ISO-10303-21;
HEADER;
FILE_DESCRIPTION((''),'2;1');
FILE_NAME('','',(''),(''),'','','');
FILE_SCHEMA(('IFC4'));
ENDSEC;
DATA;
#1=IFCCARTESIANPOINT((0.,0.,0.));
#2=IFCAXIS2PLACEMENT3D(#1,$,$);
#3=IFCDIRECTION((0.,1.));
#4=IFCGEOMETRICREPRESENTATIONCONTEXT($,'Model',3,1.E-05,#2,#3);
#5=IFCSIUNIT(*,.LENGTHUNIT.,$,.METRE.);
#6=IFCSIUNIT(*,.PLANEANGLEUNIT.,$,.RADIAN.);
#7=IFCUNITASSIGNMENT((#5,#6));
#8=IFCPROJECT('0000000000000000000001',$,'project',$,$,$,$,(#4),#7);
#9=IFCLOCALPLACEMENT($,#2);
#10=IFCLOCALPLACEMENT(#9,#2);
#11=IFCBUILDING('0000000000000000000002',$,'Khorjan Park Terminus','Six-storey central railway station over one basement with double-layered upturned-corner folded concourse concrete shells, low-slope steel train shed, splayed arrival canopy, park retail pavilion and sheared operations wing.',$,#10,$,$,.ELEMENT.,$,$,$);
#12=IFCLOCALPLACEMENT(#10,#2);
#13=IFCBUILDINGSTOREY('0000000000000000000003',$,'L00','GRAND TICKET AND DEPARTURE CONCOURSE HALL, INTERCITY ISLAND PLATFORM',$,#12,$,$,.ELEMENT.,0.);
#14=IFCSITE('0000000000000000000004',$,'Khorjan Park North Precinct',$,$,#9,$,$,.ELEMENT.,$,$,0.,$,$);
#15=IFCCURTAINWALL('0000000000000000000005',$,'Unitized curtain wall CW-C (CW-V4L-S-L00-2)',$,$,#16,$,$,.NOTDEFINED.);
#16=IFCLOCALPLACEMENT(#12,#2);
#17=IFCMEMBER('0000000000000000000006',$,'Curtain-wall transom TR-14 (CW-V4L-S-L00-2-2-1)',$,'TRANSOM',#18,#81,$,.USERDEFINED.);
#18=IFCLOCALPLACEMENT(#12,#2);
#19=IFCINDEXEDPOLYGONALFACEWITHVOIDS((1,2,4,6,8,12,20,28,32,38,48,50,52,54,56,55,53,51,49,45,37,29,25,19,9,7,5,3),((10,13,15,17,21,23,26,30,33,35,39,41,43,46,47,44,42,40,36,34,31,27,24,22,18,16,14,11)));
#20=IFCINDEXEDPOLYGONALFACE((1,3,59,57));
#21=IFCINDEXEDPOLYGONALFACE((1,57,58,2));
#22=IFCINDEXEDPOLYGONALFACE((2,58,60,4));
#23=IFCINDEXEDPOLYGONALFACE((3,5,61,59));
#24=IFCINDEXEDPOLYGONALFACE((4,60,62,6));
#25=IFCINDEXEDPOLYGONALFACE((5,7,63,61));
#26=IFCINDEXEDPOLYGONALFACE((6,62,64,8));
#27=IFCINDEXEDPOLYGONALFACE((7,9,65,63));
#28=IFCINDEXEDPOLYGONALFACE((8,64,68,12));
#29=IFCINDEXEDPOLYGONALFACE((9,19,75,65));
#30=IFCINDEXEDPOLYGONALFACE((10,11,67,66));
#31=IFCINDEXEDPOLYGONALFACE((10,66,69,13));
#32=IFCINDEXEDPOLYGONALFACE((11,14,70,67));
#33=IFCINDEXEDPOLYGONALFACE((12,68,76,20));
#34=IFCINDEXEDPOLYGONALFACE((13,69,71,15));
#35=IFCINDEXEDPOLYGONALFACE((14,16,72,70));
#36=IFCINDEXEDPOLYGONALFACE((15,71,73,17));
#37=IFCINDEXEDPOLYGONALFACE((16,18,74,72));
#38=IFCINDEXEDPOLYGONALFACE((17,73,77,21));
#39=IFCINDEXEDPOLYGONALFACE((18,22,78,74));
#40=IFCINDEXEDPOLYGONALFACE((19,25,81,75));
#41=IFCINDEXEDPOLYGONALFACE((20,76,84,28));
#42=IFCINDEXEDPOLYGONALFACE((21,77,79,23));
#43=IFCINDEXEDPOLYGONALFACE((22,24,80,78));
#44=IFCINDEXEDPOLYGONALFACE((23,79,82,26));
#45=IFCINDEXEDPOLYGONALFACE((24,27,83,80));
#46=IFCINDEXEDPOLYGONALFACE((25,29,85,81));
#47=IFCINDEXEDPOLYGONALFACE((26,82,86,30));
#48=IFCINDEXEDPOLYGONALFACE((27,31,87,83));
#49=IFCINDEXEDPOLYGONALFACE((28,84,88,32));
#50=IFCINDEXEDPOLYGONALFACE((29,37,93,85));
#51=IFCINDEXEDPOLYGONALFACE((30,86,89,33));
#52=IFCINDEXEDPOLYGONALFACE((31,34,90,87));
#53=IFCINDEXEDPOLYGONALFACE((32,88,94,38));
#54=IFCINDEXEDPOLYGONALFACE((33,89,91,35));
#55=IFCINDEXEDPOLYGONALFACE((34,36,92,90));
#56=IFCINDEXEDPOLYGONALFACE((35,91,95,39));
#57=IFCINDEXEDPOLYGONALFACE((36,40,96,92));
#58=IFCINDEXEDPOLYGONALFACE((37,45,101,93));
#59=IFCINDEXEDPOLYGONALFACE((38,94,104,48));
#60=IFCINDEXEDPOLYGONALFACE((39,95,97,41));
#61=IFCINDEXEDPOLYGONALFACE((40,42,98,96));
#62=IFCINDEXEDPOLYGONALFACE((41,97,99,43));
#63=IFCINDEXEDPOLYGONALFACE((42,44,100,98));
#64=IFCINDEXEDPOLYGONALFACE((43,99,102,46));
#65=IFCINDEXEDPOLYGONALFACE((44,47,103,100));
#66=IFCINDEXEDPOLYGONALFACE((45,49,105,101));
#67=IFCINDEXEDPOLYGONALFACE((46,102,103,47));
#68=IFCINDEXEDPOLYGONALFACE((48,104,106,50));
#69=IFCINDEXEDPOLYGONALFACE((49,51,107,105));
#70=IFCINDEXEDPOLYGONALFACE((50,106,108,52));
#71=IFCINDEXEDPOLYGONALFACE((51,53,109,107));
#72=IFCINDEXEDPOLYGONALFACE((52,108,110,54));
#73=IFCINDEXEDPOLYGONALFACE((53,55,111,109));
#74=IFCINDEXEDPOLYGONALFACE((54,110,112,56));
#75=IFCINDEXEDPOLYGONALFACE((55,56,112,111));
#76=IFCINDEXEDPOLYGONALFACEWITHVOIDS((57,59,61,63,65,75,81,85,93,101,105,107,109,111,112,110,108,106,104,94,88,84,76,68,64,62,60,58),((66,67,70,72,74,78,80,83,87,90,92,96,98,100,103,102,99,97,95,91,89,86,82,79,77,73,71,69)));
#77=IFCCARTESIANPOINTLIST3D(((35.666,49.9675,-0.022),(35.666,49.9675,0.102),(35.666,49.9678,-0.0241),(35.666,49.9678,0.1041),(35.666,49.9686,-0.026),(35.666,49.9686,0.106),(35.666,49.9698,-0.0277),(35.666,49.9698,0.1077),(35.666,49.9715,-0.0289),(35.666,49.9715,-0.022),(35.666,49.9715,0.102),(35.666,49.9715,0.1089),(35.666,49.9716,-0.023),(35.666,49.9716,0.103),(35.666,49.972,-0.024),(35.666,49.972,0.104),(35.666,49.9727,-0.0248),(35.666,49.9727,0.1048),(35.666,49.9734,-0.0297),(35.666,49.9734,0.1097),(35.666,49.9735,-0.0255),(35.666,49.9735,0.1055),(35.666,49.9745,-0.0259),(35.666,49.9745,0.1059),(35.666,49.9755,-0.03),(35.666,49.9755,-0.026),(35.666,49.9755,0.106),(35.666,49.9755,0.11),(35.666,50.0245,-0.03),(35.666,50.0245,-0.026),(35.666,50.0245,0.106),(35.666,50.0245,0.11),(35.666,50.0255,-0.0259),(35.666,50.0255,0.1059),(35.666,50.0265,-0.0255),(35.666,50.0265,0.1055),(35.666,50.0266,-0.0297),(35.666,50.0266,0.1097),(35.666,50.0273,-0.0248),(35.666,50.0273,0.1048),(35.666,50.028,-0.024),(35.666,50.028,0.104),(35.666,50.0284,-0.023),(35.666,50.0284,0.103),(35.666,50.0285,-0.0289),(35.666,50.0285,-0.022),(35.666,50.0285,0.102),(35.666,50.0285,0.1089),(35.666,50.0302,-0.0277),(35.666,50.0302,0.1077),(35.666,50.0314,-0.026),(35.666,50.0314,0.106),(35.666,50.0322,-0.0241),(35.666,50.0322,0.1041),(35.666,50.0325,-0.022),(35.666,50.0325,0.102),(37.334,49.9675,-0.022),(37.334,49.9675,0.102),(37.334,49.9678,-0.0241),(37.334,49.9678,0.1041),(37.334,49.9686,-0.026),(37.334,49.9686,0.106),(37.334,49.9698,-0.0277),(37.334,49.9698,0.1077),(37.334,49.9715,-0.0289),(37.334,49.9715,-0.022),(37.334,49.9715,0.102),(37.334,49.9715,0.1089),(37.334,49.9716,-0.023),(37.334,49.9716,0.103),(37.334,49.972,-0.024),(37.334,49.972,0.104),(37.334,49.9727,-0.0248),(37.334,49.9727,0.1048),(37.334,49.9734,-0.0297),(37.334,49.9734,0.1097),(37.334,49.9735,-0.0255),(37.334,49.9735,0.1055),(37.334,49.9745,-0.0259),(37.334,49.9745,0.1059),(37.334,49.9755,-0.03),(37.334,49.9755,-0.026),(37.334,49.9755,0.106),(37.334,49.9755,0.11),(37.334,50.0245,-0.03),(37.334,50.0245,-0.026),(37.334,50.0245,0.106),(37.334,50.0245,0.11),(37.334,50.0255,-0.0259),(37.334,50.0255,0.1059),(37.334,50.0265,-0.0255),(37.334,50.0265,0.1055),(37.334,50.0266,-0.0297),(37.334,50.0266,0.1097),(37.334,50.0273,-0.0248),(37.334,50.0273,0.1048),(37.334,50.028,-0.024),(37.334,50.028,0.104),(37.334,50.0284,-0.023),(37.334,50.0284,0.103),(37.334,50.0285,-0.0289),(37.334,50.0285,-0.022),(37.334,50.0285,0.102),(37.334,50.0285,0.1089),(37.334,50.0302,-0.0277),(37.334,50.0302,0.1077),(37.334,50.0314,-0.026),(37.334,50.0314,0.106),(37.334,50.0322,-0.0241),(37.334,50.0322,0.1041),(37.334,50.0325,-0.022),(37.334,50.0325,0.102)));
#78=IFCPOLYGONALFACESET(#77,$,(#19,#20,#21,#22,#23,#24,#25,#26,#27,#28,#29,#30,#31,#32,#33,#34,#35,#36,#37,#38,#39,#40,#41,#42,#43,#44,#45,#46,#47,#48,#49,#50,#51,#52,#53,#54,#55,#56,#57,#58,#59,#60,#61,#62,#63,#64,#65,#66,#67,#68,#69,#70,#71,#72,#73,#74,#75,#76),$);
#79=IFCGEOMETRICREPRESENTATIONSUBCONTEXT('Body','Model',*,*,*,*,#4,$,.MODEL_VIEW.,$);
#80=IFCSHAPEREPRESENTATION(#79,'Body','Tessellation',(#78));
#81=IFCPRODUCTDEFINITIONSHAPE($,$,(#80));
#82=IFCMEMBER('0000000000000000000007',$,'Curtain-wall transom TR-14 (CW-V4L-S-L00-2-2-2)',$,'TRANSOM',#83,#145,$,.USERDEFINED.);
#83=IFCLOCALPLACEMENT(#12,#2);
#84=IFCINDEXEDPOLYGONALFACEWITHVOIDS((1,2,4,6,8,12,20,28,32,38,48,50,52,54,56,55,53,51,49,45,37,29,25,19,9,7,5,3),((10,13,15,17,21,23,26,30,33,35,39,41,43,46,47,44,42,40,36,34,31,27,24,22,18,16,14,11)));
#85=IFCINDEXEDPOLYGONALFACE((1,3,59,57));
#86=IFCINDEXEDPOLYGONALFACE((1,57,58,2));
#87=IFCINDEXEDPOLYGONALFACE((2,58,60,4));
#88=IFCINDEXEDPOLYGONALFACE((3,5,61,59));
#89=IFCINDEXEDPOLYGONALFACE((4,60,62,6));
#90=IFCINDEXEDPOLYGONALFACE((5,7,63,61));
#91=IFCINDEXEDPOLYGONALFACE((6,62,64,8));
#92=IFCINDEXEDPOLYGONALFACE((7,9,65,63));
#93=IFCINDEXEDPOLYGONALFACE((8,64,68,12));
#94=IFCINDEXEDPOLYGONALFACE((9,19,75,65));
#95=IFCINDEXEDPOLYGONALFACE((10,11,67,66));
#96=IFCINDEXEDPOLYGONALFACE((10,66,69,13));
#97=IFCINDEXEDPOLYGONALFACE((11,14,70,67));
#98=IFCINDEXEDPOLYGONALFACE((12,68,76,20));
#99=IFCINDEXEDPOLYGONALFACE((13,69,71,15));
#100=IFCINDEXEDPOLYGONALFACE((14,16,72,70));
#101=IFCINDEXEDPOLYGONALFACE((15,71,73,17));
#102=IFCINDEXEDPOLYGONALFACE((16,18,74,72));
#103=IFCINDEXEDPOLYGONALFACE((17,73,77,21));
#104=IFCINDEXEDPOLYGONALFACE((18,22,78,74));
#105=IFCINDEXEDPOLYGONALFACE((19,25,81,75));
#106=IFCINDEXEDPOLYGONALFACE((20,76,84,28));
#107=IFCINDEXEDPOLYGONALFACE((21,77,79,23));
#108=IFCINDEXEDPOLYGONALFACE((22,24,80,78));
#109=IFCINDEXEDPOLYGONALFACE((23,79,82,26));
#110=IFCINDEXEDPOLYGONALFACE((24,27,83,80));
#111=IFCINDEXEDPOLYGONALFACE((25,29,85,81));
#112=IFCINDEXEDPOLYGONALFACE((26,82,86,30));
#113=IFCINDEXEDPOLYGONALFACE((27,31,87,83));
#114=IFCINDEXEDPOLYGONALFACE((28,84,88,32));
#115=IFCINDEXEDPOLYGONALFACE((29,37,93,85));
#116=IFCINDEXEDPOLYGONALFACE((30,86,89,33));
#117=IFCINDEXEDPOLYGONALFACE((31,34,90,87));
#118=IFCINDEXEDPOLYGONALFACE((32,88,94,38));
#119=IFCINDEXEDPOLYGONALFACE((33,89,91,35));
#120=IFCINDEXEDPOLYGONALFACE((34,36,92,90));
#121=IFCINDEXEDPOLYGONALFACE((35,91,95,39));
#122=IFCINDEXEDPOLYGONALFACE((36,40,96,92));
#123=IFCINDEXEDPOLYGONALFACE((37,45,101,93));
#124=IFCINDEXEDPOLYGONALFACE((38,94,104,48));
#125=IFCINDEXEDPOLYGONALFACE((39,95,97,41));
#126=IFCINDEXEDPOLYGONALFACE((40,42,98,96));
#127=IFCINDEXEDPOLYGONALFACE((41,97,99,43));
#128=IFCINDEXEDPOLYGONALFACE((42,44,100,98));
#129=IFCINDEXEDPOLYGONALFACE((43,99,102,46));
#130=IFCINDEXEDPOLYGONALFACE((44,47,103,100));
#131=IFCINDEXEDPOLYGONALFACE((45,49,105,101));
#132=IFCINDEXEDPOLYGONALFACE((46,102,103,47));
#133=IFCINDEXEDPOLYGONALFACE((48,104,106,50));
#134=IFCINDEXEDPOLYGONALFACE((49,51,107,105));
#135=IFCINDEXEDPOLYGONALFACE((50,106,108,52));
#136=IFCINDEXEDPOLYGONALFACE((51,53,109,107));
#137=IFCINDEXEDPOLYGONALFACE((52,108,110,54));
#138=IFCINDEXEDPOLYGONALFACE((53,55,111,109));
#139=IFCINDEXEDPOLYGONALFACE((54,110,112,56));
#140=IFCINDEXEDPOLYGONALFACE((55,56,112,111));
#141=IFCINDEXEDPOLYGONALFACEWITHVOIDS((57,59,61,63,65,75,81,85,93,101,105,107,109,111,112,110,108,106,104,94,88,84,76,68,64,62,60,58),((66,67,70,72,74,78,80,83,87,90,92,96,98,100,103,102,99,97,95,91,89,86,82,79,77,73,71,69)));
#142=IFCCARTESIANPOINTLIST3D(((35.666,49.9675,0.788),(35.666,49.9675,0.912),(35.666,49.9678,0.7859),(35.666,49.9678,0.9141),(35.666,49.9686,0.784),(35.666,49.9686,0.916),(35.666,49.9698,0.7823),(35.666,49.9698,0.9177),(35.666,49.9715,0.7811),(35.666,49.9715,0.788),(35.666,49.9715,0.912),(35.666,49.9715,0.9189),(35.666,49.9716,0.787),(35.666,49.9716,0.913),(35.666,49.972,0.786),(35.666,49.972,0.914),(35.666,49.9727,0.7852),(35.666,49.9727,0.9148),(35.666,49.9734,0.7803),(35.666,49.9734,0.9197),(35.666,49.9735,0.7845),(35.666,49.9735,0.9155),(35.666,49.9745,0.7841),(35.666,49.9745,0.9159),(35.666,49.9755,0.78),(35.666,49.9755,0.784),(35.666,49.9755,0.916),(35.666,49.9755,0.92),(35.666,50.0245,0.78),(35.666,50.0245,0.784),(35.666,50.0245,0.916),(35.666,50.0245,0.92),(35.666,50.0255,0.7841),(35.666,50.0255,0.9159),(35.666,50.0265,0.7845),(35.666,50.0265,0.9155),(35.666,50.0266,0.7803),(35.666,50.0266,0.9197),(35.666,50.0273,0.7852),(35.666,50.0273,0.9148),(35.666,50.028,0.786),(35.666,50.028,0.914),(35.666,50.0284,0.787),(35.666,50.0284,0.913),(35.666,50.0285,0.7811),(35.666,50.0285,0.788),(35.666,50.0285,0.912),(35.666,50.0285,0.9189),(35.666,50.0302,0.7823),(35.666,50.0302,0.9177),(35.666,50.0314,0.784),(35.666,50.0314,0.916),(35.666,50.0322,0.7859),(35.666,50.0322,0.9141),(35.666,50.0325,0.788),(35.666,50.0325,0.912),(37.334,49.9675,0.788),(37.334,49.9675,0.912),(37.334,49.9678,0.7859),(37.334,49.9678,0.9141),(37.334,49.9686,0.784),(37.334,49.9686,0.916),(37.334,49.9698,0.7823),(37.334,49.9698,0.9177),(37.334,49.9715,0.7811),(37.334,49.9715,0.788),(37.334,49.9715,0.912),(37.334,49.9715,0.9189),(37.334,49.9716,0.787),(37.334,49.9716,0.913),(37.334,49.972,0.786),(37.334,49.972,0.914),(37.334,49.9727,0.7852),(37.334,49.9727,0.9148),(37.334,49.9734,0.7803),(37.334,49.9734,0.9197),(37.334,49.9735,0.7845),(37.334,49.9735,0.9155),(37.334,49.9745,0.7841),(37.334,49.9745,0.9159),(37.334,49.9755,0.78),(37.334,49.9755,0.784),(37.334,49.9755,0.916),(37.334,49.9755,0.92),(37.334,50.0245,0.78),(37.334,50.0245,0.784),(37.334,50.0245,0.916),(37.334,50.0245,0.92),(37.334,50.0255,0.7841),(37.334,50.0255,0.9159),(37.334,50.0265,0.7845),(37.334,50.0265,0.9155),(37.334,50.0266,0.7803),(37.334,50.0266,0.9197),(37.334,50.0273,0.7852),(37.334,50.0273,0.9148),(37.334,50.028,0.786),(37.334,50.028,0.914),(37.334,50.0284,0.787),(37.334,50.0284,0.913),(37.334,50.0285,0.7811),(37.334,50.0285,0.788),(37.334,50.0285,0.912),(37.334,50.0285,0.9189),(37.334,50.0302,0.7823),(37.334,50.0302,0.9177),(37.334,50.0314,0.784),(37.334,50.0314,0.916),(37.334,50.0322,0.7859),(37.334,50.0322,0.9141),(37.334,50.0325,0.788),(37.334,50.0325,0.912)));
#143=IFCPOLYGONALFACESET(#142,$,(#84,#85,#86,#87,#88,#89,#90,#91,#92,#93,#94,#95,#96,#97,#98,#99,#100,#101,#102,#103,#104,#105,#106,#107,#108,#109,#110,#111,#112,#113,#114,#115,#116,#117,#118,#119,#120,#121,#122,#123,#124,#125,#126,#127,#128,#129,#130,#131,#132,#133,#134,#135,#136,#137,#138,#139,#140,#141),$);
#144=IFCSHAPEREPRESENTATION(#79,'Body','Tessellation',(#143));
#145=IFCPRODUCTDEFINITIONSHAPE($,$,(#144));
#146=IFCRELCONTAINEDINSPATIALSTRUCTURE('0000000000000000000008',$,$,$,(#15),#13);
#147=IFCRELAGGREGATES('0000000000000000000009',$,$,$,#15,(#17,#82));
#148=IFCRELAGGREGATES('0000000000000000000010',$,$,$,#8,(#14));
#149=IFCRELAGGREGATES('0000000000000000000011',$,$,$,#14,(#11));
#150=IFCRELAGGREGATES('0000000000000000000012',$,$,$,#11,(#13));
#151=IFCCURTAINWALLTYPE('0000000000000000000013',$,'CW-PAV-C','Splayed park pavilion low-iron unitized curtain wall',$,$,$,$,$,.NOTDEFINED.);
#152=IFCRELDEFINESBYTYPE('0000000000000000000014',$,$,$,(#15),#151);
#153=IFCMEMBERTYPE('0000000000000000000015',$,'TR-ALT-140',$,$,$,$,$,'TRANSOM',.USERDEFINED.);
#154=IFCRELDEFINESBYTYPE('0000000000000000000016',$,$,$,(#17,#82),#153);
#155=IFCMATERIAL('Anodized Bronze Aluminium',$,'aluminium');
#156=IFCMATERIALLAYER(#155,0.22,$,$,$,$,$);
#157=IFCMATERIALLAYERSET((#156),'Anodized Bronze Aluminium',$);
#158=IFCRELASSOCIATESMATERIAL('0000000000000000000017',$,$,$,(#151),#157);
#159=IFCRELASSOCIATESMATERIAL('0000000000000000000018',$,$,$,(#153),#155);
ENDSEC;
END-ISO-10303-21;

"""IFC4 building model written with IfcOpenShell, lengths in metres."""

from ifc_helpers import new_model, si_unit, direction, frame, origin, origin_2d, place, context, subcontext, project, spatial, hollow_rectangle, extrude, material, layer, layer_set, material_profile, profile_set, type_object, element, aggregate, save


model = new_model("IFC4")

# Units and contexts
model_context = context("Model", 3, precision=1e-05, world=origin(), true_north=direction((0.0, 1.0)))
body_context = subcontext(model_context, "Body", "Model", "MODEL_VIEW")
ifc_project = project(units=[si_unit("LENGTHUNIT", "METRE"), si_unit("PLANEANGLEUNIT", "RADIAN")], contexts=[model_context])

# Site, building, storey
site_placement = place(None, origin())
site = spatial("IfcSite", under=ifc_project, at=site_placement, Name="Khorjan Park North Precinct", CompositionType="ELEMENT", RefElevation=0.0)
building_placement = place(site_placement, origin())
building = spatial("IfcBuilding", under=site, at=building_placement, Name="Khorjan Park Terminus", Description="Six-storey central railway station over one basement with double-layered upturned-corner folded concourse concrete shells, low-slope steel train shed, splayed arrival canopy, park retail pavilion and sheared operations wing.", CompositionType="ELEMENT")
storey_placement = place(building_placement, origin())
storey = spatial("IfcBuildingStorey", under=building, at=storey_placement, Name="L00", Description="GRAND TICKET AND DEPARTURE CONCOURSE HALL, INTERCITY ISLAND PLATFORM", CompositionType="ELEMENT", Elevation=0.0)

# Curtain wall, members
ifc_material_1 = material(Name="Anodized Bronze Aluminium", Category="aluminium")
ifc_layer_1 = layer(ifc_material_1, 0.22)
ifc_layer_set_1 = layer_set([ifc_layer_1], Name="Anodized Bronze Aluminium")
curtain_wall_type = type_object("IfcCurtainWallType", Name="CW-PAV-C", Description="Splayed park pavilion low-iron unitized curtain wall", PredefinedType="NOTDEFINED", material=ifc_layer_set_1)
curtain_wall_placement = place(storey_placement, origin())
curtain_wall = element("IfcCurtainWall", 1, at=curtain_wall_placement, inside=storey, type_object=curtain_wall_type, Name="Unitized curtain wall CW-C (CW-V4L-S-L00-2)", PredefinedType="NOTDEFINED")
ifc_material_profile_1 = material_profile(ifc_material_1, hollow_rectangle(XDim=0.065, YDim=0.14, WallThickness=0.004, InnerFilletRadius=0.004, OuterFilletRadius=0.008, at=origin_2d()), Name="ALT 65x140x4")
ifc_profile_set_1 = profile_set([ifc_material_profile_1], Name="Anodized Bronze Aluminium")
member_type_1 = type_object("IfcMemberType", Name="TR-ALT-140", ElementType="TRANSOM", PredefinedType="USERDEFINED", material=ifc_profile_set_1)
member_1_placement = place(storey_placement, frame((35.666, 50.0, 0.04), z_axis=(1.0, 0.0, 0.0), x_axis=(0.0, 1.0, 0.0)))
member_1 = element("IfcMember", 2, at=member_1_placement, type_object=member_type_1, Name="Curtain-wall transom TR-14 (CW-V4L-S-L00-2-2-1)", ObjectType="TRANSOM", PredefinedType="USERDEFINED", context=body_context, shape_type="SweptSolid", body=[
    extrude(hollow_rectangle(XDim=0.065, YDim=0.14, WallThickness=0.004, InnerFilletRadius=0.004, OuterFilletRadius=0.008, at=origin_2d()), origin(), (0.0, 0.0, 1.0), 1.668),
])
member_2_placement = place(storey_placement, frame((35.666, 50.0, 0.85), z_axis=(1.0, 0.0, 0.0), x_axis=(0.0, 1.0, 0.0)))
member_2 = element("IfcMember", 3, at=member_2_placement, type_object=member_type_1, Name="Curtain-wall transom TR-14 (CW-V4L-S-L00-2-2-2)", ObjectType="TRANSOM", PredefinedType="USERDEFINED", context=body_context, shape_type="SweptSolid", body=[
    extrude(hollow_rectangle(XDim=0.065, YDim=0.14, WallThickness=0.004, InnerFilletRadius=0.004, OuterFilletRadius=0.008, at=origin_2d()), origin(), (0.0, 0.0, 1.0), 1.668),
])
aggregate(curtain_wall, [member_1, member_2])

save(model, "model.ifc")
